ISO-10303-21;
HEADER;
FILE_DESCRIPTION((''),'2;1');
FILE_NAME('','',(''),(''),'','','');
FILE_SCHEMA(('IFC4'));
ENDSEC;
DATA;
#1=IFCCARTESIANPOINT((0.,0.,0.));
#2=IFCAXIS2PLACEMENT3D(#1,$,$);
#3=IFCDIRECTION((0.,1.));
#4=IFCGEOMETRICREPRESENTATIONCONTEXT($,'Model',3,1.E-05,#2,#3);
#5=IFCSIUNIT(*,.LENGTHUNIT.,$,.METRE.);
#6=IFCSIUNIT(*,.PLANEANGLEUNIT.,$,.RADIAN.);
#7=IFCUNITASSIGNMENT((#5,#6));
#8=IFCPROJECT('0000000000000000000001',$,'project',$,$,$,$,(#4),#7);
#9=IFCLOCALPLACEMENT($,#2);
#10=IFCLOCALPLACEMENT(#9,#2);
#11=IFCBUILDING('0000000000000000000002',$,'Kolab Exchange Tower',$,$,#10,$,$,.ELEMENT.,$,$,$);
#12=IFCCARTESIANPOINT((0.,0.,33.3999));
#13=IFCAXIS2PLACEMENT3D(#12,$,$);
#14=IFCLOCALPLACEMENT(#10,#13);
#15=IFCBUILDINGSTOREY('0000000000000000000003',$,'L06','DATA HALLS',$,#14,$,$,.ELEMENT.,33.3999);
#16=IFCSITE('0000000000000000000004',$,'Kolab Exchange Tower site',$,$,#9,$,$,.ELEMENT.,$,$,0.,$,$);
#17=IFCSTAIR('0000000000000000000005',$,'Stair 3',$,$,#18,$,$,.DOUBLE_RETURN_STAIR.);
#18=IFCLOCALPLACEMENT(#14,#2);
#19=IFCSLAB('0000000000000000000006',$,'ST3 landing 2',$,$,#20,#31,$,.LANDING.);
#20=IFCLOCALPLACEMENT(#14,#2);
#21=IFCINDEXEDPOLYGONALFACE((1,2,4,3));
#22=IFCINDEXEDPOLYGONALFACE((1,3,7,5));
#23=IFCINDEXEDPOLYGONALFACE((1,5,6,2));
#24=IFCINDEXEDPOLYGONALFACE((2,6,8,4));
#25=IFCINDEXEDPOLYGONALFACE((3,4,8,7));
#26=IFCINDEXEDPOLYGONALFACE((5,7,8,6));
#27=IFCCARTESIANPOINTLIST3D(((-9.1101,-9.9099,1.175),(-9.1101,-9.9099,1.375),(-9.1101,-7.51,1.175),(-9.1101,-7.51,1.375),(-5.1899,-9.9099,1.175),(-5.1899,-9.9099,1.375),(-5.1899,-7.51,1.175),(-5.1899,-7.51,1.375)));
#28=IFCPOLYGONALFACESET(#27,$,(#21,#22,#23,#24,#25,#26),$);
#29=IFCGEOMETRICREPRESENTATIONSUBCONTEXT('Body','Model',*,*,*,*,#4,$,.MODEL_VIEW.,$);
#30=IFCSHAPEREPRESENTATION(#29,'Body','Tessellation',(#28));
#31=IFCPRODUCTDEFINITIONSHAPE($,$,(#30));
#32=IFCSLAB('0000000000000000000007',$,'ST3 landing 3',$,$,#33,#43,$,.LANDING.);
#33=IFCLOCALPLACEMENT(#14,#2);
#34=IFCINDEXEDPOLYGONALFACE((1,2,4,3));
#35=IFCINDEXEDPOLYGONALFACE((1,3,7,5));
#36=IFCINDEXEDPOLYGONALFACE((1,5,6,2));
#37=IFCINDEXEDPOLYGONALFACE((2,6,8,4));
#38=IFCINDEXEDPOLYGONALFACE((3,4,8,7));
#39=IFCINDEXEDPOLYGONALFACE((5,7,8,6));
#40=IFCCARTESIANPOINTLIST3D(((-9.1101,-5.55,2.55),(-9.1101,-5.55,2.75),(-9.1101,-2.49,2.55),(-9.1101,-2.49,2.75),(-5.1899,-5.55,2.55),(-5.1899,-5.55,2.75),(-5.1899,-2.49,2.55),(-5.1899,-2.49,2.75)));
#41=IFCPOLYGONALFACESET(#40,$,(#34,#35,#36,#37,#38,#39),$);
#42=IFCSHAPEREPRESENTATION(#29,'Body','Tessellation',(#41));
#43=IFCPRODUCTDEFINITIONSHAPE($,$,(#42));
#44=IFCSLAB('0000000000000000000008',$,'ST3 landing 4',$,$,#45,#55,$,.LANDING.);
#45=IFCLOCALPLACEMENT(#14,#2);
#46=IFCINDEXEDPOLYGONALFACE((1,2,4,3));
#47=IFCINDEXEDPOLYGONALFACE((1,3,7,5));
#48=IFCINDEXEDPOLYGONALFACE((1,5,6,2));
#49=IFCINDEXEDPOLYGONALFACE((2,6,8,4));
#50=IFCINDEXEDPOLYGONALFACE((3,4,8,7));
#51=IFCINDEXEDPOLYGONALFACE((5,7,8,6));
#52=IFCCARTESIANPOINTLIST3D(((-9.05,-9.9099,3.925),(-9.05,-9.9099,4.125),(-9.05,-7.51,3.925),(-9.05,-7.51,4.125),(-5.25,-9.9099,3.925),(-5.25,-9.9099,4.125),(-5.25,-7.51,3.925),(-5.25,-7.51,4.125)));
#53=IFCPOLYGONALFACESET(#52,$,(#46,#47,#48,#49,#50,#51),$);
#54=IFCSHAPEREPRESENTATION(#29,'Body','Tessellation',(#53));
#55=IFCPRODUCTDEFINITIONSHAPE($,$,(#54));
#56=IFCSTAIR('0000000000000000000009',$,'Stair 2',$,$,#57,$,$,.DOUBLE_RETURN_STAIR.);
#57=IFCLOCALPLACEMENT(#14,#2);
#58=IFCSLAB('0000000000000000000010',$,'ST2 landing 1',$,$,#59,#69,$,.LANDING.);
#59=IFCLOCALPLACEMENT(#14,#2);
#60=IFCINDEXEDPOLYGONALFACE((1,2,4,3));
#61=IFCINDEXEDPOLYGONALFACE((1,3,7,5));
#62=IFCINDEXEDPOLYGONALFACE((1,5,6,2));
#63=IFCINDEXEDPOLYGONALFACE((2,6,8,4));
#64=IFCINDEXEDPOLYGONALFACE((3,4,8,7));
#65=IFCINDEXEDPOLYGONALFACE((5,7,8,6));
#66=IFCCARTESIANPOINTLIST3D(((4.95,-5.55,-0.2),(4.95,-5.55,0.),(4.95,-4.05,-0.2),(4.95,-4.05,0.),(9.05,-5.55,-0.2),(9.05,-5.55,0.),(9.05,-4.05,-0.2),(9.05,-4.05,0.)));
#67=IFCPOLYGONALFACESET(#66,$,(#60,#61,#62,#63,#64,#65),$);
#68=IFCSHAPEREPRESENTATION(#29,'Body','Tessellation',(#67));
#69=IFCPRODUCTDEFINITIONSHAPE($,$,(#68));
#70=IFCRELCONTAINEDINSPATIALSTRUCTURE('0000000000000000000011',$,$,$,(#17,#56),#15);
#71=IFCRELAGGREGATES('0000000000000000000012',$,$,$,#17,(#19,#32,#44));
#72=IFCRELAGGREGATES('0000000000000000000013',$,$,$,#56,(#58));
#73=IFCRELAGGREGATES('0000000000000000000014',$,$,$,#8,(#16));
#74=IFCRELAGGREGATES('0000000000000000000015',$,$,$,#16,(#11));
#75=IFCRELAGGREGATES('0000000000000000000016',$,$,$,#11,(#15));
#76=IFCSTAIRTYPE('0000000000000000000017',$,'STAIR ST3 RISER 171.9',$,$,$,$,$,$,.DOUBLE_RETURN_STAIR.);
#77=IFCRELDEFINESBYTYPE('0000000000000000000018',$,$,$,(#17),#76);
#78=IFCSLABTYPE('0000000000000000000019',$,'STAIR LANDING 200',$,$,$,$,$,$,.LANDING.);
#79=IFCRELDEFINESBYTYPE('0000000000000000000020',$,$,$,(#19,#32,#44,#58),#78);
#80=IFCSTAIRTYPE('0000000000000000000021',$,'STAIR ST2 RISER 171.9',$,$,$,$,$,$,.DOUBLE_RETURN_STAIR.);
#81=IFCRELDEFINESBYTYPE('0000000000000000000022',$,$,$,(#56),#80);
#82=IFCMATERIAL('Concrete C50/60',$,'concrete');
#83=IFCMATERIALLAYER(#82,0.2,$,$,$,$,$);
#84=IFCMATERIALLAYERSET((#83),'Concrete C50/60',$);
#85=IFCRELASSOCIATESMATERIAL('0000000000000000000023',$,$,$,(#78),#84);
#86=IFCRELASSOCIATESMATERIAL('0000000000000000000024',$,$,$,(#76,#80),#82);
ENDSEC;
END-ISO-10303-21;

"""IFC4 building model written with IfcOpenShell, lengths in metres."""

from ifc_helpers import new_model, si_unit, direction, frame, origin, place, context, subcontext, project, spatial, polyline, outline, extrude, material, layer, layer_set, type_object, element, aggregate, save


model = new_model("IFC4")

# Units and contexts
model_context = context("Model", 3, precision=1e-05, world=origin(), true_north=direction((0.0, 1.0)))
body_context = subcontext(model_context, "Body", "Model", "MODEL_VIEW")
ifc_project = project(units=[si_unit("LENGTHUNIT", "METRE"), si_unit("PLANEANGLEUNIT", "RADIAN")], contexts=[model_context])

# Site, building, storey
site_placement = place(None, origin())
site = spatial("IfcSite", under=ifc_project, at=site_placement, Name="Kolab Exchange Tower site", CompositionType="ELEMENT", RefElevation=0.0)
building_placement = place(site_placement, origin())
building = spatial("IfcBuilding", under=site, at=building_placement, Name="Kolab Exchange Tower", CompositionType="ELEMENT")
storey_placement = place(building_placement, frame((0.0, 0.0, 33.3999)))
storey = spatial("IfcBuildingStorey", under=building, at=storey_placement, Name="L06", Description="DATA HALLS", CompositionType="ELEMENT", Elevation=33.3999)

# Stair, slabs
ifc_material_1 = material(Name="Concrete C50/60", Category="concrete")
ifc_layer_1 = layer(ifc_material_1, 0.2)
ifc_layer_set_1 = layer_set([ifc_layer_1], Name="Concrete C50/60")
slab_type_1 = type_object("IfcSlabType", Name="STAIR LANDING 200", PredefinedType="LANDING", material=ifc_layer_set_1)
stair_type_1 = type_object("IfcStairType", Name="STAIR ST3 RISER 171.9", PredefinedType="DOUBLE_RETURN_STAIR", material=ifc_material_1)
stair_1_placement = place(storey_placement, origin())
stair_1 = element("IfcStair", 1, at=stair_1_placement, inside=storey, type_object=stair_type_1, Name="Stair 3", PredefinedType="DOUBLE_RETURN_STAIR")
slab_1_placement = place(storey_placement, frame((0.0, 0.0, 1.175)))
slab_1 = element("IfcSlab", 2, at=slab_1_placement, type_object=slab_type_1, Name="ST3 landing 2", PredefinedType="LANDING", context=body_context, shape_type="SweptSolid", body=[
    extrude(outline(polyline([(-9.1101, -9.9099), (-5.1899, -9.9099), (-5.1899, -7.51), (-9.1101, -7.51), (-9.1101, -9.9099)])), origin(), (0.0, 0.0, 1.0), 0.2),
])
slab_2_placement = place(storey_placement, frame((0.0, 0.0, 2.55)))
slab_2 = element("IfcSlab", 3, at=slab_2_placement, type_object=slab_type_1, Name="ST3 landing 3", PredefinedType="LANDING", context=body_context, shape_type="SweptSolid", body=[
    extrude(outline(polyline([(-9.1101, -5.55), (-5.1899, -5.55), (-5.1899, -2.49), (-9.1101, -2.49), (-9.1101, -5.55)])), origin(), (0.0, 0.0, 1.0), 0.2),
])
slab_3_placement = place(storey_placement, frame((0.0, 0.0, 3.925)))
slab_3 = element("IfcSlab", 4, at=slab_3_placement, type_object=slab_type_1, Name="ST3 landing 4", PredefinedType="LANDING", context=body_context, shape_type="SweptSolid", body=[
    extrude(outline(polyline([(-9.05, -9.9099), (-5.25, -9.9099), (-5.25, -7.51), (-9.05, -7.51), (-9.05, -9.9099)])), origin(), (0.0, 0.0, 1.0), 0.2),
])
aggregate(stair_1, [slab_1, slab_2, slab_3])

# Stair, slab
stair_type_2 = type_object("IfcStairType", Name="STAIR ST2 RISER 171.9", PredefinedType="DOUBLE_RETURN_STAIR", material=ifc_material_1)
stair_2_placement = place(storey_placement, origin())
stair_2 = element("IfcStair", 5, at=stair_2_placement, inside=storey, type_object=stair_type_2, Name="Stair 2", PredefinedType="DOUBLE_RETURN_STAIR")
slab_4_placement = place(storey_placement, frame((0.0, 0.0, -0.2)))
slab_4 = element("IfcSlab", 6, at=slab_4_placement, type_object=slab_type_1, Name="ST2 landing 1", PredefinedType="LANDING", context=body_context, shape_type="SweptSolid", body=[
    extrude(outline(polyline([(4.95, -5.55), (9.05, -5.55), (9.05, -4.05), (4.95, -4.05), (4.95, -5.55)])), origin(), (0.0, 0.0, 1.0), 0.2),
])
aggregate(stair_2, [slab_4])

save(model, "model.ifc")
